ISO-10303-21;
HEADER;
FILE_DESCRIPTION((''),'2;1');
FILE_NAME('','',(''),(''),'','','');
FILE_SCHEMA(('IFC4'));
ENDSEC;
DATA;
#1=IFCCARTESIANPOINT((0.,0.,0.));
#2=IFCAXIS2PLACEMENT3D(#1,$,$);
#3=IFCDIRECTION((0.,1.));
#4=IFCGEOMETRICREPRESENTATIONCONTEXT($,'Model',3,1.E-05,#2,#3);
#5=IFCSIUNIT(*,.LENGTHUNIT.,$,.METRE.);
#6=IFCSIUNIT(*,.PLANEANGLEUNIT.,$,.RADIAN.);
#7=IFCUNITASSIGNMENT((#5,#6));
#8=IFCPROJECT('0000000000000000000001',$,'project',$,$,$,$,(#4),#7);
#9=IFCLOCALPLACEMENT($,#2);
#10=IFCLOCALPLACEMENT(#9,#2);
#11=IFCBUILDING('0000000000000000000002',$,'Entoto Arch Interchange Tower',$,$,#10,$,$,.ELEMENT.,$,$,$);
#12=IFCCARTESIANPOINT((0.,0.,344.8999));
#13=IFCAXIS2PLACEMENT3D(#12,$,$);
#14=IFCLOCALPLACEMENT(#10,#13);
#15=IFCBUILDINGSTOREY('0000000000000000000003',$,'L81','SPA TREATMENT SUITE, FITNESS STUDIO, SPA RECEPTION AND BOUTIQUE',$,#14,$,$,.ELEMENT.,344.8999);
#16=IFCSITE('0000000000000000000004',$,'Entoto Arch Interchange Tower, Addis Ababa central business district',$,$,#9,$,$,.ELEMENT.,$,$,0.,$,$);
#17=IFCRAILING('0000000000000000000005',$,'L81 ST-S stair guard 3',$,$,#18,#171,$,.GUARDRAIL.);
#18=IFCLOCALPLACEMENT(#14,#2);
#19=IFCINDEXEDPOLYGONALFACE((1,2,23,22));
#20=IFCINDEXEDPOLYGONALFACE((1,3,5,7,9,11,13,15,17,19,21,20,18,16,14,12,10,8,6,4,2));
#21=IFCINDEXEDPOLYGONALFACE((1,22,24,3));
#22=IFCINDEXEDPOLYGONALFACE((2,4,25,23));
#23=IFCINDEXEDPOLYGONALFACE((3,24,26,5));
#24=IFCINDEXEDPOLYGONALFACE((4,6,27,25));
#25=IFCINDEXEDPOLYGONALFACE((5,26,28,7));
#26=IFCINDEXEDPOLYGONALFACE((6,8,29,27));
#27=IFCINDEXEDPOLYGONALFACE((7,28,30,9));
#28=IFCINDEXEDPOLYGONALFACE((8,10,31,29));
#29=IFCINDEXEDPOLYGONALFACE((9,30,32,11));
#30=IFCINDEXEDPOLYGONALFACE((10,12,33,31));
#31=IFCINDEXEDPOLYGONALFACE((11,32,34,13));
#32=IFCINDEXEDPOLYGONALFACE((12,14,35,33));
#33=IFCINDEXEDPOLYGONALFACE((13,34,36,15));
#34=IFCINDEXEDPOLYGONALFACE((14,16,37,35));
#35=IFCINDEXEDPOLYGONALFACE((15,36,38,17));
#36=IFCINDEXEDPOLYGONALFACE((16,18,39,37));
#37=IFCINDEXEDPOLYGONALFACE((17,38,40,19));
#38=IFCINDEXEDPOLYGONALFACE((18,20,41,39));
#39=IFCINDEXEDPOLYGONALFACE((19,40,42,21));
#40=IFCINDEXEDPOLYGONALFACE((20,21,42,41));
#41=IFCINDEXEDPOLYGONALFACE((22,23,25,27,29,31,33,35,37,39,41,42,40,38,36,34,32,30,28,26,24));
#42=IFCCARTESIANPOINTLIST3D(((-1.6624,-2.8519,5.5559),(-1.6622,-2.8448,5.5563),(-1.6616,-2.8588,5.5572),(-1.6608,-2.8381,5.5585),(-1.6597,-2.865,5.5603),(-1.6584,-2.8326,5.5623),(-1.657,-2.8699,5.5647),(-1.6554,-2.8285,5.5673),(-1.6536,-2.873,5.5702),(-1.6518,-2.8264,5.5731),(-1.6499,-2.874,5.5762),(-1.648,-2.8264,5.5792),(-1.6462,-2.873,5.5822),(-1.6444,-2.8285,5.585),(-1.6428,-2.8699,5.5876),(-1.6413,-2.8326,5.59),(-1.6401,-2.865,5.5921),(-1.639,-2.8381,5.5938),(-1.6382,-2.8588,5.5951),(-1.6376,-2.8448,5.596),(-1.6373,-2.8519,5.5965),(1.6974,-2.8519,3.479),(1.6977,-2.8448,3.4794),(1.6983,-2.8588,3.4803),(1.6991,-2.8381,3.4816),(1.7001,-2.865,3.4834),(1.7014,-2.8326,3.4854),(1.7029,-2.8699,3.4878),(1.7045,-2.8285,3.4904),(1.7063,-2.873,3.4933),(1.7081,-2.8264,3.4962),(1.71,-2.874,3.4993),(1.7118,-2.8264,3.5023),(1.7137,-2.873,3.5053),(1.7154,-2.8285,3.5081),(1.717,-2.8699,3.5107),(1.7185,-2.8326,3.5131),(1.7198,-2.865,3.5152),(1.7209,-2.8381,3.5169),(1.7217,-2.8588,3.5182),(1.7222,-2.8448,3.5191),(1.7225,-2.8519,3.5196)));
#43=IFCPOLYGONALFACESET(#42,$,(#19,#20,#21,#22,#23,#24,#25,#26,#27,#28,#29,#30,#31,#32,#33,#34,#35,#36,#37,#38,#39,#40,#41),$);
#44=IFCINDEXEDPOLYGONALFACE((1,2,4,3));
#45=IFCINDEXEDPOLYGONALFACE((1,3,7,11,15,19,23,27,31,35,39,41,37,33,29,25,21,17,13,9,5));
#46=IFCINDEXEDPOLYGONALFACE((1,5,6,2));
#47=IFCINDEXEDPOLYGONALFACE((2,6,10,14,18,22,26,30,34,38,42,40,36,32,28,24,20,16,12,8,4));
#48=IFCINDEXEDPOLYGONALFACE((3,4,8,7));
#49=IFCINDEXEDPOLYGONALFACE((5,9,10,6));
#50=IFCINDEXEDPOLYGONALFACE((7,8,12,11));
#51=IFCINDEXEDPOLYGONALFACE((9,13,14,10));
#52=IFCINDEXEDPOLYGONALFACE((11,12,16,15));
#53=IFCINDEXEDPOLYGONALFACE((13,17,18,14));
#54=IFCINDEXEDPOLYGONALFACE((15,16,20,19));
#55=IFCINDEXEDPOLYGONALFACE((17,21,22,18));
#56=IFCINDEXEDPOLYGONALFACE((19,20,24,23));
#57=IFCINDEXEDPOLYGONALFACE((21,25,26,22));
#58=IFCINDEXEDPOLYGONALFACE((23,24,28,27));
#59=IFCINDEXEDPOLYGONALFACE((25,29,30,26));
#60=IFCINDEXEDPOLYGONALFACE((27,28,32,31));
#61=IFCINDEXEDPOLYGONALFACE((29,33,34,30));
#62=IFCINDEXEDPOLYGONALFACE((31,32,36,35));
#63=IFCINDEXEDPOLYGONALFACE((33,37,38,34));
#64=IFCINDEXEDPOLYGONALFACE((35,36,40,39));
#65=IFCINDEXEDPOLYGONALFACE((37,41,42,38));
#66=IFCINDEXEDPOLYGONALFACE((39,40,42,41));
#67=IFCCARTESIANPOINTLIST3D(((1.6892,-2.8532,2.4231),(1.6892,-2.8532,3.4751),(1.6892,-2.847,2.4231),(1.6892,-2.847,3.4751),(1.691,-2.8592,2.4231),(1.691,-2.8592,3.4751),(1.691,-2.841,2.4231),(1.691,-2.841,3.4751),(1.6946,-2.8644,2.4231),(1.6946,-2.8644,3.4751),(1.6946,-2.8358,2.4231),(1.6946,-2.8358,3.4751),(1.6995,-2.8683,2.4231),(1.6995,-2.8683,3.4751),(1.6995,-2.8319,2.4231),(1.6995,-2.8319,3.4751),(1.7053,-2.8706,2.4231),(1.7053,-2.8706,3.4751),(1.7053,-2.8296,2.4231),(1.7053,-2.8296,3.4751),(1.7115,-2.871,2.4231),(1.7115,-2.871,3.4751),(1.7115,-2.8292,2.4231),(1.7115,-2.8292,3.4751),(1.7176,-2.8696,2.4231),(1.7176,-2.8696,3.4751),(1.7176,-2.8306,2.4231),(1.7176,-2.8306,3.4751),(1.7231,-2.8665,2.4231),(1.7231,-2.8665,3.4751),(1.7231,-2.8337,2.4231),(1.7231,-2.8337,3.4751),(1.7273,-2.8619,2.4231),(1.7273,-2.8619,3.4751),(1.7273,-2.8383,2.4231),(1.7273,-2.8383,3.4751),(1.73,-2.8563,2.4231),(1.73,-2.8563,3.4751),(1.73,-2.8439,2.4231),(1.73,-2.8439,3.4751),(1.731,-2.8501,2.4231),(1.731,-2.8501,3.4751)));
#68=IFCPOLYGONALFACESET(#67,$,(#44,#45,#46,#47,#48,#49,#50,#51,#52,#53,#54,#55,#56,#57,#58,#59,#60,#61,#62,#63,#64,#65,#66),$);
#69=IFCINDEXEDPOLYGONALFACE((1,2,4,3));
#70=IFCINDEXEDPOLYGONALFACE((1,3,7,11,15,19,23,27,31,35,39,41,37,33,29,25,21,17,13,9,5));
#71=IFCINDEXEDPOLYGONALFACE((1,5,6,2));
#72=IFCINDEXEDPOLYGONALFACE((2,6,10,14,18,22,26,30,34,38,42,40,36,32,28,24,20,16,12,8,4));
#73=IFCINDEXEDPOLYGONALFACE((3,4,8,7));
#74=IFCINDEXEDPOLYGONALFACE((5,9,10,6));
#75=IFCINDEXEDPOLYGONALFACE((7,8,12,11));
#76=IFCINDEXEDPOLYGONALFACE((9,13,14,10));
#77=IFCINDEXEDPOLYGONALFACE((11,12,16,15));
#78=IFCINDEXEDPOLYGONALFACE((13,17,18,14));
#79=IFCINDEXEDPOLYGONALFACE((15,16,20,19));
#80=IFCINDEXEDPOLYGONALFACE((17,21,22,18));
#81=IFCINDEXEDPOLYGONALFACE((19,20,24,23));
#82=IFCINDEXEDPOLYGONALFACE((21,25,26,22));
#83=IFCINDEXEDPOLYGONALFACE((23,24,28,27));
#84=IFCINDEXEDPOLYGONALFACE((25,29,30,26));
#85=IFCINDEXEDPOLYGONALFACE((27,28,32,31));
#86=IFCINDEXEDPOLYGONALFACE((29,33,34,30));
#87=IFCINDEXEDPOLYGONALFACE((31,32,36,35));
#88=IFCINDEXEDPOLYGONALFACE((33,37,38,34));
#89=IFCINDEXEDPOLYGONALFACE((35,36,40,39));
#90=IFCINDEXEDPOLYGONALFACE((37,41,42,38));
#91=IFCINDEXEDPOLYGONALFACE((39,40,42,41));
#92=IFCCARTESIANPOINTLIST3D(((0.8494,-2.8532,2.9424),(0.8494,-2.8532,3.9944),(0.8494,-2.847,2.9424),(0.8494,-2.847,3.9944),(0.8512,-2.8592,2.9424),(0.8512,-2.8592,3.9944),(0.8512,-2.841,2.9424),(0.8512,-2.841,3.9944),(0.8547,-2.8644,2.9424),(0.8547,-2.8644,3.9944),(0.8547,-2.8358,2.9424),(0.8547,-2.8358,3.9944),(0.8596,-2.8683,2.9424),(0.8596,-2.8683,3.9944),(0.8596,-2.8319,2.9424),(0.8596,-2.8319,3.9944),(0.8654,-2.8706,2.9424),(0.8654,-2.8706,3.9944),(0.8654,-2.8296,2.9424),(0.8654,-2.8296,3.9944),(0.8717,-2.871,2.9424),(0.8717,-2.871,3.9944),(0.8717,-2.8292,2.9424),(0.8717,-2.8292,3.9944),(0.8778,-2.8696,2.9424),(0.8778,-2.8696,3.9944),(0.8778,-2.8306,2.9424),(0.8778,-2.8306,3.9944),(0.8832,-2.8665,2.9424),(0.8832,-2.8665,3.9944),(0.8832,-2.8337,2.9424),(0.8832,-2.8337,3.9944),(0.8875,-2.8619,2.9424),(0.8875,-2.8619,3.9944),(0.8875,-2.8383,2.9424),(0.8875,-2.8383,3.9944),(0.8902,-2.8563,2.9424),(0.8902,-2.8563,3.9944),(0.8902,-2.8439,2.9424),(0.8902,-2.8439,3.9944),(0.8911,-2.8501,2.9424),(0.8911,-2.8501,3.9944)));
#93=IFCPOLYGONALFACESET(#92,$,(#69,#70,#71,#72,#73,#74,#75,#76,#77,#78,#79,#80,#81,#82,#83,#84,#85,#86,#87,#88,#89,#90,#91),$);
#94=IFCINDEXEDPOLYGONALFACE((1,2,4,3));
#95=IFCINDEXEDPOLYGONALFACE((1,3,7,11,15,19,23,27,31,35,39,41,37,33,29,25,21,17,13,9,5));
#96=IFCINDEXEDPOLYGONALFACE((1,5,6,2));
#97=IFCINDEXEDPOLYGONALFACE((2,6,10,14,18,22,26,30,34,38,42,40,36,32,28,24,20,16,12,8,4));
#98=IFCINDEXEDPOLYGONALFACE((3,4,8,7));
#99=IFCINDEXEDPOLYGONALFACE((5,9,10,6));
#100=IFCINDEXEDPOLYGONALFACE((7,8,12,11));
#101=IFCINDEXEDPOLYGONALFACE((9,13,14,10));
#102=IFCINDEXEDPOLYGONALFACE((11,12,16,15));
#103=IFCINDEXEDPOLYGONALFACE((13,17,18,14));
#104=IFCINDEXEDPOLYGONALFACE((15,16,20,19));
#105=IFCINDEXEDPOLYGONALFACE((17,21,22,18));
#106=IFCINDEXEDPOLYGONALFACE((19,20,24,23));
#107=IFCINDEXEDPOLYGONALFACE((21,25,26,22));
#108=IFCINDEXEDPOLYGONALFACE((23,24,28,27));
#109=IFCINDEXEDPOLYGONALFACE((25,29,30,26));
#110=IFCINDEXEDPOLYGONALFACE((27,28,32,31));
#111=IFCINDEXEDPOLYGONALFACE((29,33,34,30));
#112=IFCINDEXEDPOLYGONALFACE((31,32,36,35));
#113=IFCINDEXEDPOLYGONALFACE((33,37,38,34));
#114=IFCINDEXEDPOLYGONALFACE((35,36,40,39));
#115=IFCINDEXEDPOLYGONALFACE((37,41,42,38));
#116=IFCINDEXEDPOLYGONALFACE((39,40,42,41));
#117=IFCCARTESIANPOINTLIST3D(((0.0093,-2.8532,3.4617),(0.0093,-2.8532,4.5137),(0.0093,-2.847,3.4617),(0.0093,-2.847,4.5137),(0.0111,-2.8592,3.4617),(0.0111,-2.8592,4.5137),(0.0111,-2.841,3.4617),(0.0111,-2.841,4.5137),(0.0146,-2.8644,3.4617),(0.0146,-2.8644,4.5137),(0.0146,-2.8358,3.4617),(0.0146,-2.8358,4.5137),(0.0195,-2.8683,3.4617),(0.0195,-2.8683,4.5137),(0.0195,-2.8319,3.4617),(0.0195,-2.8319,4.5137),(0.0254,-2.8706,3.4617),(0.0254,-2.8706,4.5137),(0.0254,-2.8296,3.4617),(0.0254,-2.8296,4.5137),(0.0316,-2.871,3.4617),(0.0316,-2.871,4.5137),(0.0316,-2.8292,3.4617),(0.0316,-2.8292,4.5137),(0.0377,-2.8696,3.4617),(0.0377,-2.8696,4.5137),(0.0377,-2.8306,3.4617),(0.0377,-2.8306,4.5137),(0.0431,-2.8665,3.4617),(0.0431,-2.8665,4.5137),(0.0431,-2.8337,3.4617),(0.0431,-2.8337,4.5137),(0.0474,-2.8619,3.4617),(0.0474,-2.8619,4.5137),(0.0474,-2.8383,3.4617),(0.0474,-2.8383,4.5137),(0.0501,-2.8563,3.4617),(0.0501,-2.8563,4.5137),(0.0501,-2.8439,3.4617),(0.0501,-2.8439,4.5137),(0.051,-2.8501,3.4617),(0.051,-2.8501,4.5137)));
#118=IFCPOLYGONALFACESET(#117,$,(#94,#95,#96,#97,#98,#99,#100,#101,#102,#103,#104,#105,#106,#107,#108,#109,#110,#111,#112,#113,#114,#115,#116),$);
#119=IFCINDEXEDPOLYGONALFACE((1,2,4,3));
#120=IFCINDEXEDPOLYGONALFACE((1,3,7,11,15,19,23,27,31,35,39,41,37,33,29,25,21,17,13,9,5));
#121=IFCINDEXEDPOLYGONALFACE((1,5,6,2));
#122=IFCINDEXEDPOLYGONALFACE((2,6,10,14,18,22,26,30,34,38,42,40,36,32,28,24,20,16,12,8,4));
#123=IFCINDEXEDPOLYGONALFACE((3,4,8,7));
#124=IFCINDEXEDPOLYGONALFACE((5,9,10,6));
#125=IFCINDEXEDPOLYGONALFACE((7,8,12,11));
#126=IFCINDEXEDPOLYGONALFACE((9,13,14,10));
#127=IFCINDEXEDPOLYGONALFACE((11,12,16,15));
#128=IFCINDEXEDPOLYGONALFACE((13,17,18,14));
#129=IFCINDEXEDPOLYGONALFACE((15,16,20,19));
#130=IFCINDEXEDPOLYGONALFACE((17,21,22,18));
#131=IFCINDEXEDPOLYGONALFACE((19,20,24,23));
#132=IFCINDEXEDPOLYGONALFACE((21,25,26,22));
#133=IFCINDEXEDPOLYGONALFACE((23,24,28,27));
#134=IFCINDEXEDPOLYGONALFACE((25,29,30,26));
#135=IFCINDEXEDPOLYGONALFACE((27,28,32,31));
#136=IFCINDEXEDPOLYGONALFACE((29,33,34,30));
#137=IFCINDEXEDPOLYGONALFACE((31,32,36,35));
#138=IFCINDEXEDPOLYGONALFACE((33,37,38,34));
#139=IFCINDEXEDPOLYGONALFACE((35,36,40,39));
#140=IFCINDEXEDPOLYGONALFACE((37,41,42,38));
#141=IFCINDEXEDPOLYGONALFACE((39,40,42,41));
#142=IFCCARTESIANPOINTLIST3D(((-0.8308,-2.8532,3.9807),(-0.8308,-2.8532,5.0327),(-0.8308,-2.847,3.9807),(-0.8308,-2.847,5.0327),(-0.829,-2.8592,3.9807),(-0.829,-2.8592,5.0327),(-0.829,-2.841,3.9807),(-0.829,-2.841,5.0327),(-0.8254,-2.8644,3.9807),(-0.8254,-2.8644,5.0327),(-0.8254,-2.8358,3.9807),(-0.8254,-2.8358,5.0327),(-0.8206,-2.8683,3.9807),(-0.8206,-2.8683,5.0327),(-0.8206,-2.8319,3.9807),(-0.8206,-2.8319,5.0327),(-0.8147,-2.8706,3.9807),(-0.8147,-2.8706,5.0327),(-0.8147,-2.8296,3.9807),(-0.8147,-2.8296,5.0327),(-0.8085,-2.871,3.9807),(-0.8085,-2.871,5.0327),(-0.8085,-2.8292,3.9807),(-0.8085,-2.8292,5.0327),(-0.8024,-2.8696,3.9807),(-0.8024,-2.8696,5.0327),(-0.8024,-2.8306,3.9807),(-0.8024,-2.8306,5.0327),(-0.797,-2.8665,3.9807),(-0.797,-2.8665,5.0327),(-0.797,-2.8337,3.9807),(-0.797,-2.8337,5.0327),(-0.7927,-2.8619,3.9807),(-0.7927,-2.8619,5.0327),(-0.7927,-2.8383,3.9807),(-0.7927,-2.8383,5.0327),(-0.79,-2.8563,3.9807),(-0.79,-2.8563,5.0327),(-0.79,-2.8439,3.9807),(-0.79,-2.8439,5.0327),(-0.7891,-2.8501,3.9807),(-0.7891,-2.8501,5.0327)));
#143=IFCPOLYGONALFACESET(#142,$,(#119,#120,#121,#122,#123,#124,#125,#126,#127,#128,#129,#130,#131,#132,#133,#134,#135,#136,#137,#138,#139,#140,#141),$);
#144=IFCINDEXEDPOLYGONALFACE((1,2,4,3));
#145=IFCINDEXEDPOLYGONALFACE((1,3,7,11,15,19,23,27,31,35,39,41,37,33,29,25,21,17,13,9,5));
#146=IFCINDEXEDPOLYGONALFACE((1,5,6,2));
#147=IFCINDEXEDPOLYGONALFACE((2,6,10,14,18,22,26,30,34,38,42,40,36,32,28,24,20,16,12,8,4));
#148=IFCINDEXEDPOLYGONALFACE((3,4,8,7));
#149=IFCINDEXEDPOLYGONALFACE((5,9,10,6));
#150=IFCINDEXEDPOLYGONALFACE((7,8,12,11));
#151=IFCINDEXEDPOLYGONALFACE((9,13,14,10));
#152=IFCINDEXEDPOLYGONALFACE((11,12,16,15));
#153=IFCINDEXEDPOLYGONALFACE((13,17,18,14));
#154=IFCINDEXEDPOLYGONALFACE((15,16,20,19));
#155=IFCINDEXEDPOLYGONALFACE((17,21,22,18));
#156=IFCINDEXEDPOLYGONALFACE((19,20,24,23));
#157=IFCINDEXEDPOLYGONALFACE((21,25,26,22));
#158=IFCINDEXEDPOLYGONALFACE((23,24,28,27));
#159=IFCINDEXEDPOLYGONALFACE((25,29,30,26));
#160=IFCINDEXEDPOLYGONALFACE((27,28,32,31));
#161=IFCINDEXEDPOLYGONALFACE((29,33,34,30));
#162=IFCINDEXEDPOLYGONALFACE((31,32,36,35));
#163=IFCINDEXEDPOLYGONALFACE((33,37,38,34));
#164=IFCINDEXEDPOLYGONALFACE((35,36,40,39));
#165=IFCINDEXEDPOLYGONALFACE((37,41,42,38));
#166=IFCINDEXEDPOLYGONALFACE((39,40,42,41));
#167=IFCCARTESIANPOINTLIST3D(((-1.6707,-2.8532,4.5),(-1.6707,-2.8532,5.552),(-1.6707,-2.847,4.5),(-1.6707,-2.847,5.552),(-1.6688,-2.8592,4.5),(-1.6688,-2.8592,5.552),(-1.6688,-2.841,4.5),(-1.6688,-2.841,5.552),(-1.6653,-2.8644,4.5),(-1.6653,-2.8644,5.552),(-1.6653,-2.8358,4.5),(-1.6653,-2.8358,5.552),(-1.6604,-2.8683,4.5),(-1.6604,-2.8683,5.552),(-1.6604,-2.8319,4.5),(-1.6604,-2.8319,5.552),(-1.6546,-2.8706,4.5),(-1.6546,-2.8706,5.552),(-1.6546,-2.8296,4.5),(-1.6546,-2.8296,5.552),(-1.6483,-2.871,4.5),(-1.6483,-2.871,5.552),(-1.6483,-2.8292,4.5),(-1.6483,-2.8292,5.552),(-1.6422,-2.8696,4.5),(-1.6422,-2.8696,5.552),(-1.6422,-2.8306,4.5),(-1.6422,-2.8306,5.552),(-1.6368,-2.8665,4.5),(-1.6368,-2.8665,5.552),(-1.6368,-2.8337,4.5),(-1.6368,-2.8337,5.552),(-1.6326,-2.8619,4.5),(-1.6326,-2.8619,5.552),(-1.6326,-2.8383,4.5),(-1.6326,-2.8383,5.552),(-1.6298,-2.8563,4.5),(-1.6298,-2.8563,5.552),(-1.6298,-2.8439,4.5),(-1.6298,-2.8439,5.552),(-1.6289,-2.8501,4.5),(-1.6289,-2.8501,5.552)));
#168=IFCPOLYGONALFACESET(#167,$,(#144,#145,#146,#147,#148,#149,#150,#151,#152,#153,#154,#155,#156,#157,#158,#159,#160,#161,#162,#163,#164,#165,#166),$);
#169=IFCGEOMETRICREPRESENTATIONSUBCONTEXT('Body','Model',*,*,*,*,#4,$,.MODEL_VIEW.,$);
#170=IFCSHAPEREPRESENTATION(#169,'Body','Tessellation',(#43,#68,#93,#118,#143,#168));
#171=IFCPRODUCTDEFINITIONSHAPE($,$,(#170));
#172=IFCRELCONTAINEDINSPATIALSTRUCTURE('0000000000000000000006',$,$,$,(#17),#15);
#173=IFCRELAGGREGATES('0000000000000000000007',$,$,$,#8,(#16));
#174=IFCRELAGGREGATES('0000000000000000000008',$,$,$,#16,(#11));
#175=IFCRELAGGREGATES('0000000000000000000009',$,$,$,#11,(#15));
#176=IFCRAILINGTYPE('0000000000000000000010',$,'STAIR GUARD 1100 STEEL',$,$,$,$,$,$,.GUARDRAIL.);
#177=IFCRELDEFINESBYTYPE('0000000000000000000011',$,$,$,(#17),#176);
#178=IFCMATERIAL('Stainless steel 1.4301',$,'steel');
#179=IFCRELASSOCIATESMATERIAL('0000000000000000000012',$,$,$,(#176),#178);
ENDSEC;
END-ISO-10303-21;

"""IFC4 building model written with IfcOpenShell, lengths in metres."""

from ifc_helpers import new_model, si_unit, direction, frame, origin, origin_2d, place, context, subcontext, project, spatial, circle, extrude, material, type_object, element, save


model = new_model("IFC4")

# Units and contexts
model_context = context("Model", 3, precision=1e-05, world=origin(), true_north=direction((0.0, 1.0)))
body_context = subcontext(model_context, "Body", "Model", "MODEL_VIEW")
ifc_project = project(units=[si_unit("LENGTHUNIT", "METRE"), si_unit("PLANEANGLEUNIT", "RADIAN")], contexts=[model_context])

# Site, building, storey
site_placement = place(None, origin())
site = spatial("IfcSite", under=ifc_project, at=site_placement, Name="Entoto Arch Interchange Tower, Addis Ababa central business district", CompositionType="ELEMENT", RefElevation=0.0)
building_placement = place(site_placement, origin())
building = spatial("IfcBuilding", under=site, at=building_placement, Name="Entoto Arch Interchange Tower", CompositionType="ELEMENT")
storey_placement = place(building_placement, frame((0.0, 0.0, 344.8999)))
storey = spatial("IfcBuildingStorey", under=building, at=storey_placement, Name="L81", Description="SPA TREATMENT SUITE, FITNESS STUDIO, SPA RECEPTION AND BOUTIQUE", CompositionType="ELEMENT", Elevation=344.8999)

# Railing
ifc_material_1 = material(Name="Stainless steel 1.4301", Category="steel")
railing_type_1 = type_object("IfcRailingType", Name="STAIR GUARD 1100 STEEL", PredefinedType="GUARDRAIL", material=ifc_material_1)
railing_1_placement = place(storey_placement, frame((1.71, -2.8501, 2.4231)))
element("IfcRailing", 1, at=railing_1_placement, inside=storey, type_object=railing_type_1, Name="L81 ST-S stair guard 3", PredefinedType="GUARDRAIL", context=body_context, shape_type="SweptSolid", body=[
    extrude(circle(Radius=0.0239, at=origin_2d()), frame((0.0, 0.0, 1.0762), z_axis=(-0.850606, 0.0, 0.525803), x_axis=(0.0, -1.0, 0.0)), (0.0, 0.0, 1.0), 3.95),
    extrude(circle(Radius=0.021, at=origin_2d()), origin(), (0.0, 0.0, 1.0), 1.052),
    extrude(circle(Radius=0.021, at=origin_2d()), frame((-0.8398, 0.0, 0.5193)), (0.0, 0.0, 1.0), 1.052),
    extrude(circle(Radius=0.021, at=origin_2d()), frame((-1.6799, 0.0, 1.0386)), (0.0, 0.0, 1.0), 1.052),
    extrude(circle(Radius=0.021, at=origin_2d()), frame((-2.52, 0.0, 1.5576)), (0.0, 0.0, 1.0), 1.052),
    extrude(circle(Radius=0.021, at=origin_2d()), frame((-3.3599, 0.0, 2.0769)), (0.0, 0.0, 1.0), 1.052),
])

save(model, "model.ifc")
